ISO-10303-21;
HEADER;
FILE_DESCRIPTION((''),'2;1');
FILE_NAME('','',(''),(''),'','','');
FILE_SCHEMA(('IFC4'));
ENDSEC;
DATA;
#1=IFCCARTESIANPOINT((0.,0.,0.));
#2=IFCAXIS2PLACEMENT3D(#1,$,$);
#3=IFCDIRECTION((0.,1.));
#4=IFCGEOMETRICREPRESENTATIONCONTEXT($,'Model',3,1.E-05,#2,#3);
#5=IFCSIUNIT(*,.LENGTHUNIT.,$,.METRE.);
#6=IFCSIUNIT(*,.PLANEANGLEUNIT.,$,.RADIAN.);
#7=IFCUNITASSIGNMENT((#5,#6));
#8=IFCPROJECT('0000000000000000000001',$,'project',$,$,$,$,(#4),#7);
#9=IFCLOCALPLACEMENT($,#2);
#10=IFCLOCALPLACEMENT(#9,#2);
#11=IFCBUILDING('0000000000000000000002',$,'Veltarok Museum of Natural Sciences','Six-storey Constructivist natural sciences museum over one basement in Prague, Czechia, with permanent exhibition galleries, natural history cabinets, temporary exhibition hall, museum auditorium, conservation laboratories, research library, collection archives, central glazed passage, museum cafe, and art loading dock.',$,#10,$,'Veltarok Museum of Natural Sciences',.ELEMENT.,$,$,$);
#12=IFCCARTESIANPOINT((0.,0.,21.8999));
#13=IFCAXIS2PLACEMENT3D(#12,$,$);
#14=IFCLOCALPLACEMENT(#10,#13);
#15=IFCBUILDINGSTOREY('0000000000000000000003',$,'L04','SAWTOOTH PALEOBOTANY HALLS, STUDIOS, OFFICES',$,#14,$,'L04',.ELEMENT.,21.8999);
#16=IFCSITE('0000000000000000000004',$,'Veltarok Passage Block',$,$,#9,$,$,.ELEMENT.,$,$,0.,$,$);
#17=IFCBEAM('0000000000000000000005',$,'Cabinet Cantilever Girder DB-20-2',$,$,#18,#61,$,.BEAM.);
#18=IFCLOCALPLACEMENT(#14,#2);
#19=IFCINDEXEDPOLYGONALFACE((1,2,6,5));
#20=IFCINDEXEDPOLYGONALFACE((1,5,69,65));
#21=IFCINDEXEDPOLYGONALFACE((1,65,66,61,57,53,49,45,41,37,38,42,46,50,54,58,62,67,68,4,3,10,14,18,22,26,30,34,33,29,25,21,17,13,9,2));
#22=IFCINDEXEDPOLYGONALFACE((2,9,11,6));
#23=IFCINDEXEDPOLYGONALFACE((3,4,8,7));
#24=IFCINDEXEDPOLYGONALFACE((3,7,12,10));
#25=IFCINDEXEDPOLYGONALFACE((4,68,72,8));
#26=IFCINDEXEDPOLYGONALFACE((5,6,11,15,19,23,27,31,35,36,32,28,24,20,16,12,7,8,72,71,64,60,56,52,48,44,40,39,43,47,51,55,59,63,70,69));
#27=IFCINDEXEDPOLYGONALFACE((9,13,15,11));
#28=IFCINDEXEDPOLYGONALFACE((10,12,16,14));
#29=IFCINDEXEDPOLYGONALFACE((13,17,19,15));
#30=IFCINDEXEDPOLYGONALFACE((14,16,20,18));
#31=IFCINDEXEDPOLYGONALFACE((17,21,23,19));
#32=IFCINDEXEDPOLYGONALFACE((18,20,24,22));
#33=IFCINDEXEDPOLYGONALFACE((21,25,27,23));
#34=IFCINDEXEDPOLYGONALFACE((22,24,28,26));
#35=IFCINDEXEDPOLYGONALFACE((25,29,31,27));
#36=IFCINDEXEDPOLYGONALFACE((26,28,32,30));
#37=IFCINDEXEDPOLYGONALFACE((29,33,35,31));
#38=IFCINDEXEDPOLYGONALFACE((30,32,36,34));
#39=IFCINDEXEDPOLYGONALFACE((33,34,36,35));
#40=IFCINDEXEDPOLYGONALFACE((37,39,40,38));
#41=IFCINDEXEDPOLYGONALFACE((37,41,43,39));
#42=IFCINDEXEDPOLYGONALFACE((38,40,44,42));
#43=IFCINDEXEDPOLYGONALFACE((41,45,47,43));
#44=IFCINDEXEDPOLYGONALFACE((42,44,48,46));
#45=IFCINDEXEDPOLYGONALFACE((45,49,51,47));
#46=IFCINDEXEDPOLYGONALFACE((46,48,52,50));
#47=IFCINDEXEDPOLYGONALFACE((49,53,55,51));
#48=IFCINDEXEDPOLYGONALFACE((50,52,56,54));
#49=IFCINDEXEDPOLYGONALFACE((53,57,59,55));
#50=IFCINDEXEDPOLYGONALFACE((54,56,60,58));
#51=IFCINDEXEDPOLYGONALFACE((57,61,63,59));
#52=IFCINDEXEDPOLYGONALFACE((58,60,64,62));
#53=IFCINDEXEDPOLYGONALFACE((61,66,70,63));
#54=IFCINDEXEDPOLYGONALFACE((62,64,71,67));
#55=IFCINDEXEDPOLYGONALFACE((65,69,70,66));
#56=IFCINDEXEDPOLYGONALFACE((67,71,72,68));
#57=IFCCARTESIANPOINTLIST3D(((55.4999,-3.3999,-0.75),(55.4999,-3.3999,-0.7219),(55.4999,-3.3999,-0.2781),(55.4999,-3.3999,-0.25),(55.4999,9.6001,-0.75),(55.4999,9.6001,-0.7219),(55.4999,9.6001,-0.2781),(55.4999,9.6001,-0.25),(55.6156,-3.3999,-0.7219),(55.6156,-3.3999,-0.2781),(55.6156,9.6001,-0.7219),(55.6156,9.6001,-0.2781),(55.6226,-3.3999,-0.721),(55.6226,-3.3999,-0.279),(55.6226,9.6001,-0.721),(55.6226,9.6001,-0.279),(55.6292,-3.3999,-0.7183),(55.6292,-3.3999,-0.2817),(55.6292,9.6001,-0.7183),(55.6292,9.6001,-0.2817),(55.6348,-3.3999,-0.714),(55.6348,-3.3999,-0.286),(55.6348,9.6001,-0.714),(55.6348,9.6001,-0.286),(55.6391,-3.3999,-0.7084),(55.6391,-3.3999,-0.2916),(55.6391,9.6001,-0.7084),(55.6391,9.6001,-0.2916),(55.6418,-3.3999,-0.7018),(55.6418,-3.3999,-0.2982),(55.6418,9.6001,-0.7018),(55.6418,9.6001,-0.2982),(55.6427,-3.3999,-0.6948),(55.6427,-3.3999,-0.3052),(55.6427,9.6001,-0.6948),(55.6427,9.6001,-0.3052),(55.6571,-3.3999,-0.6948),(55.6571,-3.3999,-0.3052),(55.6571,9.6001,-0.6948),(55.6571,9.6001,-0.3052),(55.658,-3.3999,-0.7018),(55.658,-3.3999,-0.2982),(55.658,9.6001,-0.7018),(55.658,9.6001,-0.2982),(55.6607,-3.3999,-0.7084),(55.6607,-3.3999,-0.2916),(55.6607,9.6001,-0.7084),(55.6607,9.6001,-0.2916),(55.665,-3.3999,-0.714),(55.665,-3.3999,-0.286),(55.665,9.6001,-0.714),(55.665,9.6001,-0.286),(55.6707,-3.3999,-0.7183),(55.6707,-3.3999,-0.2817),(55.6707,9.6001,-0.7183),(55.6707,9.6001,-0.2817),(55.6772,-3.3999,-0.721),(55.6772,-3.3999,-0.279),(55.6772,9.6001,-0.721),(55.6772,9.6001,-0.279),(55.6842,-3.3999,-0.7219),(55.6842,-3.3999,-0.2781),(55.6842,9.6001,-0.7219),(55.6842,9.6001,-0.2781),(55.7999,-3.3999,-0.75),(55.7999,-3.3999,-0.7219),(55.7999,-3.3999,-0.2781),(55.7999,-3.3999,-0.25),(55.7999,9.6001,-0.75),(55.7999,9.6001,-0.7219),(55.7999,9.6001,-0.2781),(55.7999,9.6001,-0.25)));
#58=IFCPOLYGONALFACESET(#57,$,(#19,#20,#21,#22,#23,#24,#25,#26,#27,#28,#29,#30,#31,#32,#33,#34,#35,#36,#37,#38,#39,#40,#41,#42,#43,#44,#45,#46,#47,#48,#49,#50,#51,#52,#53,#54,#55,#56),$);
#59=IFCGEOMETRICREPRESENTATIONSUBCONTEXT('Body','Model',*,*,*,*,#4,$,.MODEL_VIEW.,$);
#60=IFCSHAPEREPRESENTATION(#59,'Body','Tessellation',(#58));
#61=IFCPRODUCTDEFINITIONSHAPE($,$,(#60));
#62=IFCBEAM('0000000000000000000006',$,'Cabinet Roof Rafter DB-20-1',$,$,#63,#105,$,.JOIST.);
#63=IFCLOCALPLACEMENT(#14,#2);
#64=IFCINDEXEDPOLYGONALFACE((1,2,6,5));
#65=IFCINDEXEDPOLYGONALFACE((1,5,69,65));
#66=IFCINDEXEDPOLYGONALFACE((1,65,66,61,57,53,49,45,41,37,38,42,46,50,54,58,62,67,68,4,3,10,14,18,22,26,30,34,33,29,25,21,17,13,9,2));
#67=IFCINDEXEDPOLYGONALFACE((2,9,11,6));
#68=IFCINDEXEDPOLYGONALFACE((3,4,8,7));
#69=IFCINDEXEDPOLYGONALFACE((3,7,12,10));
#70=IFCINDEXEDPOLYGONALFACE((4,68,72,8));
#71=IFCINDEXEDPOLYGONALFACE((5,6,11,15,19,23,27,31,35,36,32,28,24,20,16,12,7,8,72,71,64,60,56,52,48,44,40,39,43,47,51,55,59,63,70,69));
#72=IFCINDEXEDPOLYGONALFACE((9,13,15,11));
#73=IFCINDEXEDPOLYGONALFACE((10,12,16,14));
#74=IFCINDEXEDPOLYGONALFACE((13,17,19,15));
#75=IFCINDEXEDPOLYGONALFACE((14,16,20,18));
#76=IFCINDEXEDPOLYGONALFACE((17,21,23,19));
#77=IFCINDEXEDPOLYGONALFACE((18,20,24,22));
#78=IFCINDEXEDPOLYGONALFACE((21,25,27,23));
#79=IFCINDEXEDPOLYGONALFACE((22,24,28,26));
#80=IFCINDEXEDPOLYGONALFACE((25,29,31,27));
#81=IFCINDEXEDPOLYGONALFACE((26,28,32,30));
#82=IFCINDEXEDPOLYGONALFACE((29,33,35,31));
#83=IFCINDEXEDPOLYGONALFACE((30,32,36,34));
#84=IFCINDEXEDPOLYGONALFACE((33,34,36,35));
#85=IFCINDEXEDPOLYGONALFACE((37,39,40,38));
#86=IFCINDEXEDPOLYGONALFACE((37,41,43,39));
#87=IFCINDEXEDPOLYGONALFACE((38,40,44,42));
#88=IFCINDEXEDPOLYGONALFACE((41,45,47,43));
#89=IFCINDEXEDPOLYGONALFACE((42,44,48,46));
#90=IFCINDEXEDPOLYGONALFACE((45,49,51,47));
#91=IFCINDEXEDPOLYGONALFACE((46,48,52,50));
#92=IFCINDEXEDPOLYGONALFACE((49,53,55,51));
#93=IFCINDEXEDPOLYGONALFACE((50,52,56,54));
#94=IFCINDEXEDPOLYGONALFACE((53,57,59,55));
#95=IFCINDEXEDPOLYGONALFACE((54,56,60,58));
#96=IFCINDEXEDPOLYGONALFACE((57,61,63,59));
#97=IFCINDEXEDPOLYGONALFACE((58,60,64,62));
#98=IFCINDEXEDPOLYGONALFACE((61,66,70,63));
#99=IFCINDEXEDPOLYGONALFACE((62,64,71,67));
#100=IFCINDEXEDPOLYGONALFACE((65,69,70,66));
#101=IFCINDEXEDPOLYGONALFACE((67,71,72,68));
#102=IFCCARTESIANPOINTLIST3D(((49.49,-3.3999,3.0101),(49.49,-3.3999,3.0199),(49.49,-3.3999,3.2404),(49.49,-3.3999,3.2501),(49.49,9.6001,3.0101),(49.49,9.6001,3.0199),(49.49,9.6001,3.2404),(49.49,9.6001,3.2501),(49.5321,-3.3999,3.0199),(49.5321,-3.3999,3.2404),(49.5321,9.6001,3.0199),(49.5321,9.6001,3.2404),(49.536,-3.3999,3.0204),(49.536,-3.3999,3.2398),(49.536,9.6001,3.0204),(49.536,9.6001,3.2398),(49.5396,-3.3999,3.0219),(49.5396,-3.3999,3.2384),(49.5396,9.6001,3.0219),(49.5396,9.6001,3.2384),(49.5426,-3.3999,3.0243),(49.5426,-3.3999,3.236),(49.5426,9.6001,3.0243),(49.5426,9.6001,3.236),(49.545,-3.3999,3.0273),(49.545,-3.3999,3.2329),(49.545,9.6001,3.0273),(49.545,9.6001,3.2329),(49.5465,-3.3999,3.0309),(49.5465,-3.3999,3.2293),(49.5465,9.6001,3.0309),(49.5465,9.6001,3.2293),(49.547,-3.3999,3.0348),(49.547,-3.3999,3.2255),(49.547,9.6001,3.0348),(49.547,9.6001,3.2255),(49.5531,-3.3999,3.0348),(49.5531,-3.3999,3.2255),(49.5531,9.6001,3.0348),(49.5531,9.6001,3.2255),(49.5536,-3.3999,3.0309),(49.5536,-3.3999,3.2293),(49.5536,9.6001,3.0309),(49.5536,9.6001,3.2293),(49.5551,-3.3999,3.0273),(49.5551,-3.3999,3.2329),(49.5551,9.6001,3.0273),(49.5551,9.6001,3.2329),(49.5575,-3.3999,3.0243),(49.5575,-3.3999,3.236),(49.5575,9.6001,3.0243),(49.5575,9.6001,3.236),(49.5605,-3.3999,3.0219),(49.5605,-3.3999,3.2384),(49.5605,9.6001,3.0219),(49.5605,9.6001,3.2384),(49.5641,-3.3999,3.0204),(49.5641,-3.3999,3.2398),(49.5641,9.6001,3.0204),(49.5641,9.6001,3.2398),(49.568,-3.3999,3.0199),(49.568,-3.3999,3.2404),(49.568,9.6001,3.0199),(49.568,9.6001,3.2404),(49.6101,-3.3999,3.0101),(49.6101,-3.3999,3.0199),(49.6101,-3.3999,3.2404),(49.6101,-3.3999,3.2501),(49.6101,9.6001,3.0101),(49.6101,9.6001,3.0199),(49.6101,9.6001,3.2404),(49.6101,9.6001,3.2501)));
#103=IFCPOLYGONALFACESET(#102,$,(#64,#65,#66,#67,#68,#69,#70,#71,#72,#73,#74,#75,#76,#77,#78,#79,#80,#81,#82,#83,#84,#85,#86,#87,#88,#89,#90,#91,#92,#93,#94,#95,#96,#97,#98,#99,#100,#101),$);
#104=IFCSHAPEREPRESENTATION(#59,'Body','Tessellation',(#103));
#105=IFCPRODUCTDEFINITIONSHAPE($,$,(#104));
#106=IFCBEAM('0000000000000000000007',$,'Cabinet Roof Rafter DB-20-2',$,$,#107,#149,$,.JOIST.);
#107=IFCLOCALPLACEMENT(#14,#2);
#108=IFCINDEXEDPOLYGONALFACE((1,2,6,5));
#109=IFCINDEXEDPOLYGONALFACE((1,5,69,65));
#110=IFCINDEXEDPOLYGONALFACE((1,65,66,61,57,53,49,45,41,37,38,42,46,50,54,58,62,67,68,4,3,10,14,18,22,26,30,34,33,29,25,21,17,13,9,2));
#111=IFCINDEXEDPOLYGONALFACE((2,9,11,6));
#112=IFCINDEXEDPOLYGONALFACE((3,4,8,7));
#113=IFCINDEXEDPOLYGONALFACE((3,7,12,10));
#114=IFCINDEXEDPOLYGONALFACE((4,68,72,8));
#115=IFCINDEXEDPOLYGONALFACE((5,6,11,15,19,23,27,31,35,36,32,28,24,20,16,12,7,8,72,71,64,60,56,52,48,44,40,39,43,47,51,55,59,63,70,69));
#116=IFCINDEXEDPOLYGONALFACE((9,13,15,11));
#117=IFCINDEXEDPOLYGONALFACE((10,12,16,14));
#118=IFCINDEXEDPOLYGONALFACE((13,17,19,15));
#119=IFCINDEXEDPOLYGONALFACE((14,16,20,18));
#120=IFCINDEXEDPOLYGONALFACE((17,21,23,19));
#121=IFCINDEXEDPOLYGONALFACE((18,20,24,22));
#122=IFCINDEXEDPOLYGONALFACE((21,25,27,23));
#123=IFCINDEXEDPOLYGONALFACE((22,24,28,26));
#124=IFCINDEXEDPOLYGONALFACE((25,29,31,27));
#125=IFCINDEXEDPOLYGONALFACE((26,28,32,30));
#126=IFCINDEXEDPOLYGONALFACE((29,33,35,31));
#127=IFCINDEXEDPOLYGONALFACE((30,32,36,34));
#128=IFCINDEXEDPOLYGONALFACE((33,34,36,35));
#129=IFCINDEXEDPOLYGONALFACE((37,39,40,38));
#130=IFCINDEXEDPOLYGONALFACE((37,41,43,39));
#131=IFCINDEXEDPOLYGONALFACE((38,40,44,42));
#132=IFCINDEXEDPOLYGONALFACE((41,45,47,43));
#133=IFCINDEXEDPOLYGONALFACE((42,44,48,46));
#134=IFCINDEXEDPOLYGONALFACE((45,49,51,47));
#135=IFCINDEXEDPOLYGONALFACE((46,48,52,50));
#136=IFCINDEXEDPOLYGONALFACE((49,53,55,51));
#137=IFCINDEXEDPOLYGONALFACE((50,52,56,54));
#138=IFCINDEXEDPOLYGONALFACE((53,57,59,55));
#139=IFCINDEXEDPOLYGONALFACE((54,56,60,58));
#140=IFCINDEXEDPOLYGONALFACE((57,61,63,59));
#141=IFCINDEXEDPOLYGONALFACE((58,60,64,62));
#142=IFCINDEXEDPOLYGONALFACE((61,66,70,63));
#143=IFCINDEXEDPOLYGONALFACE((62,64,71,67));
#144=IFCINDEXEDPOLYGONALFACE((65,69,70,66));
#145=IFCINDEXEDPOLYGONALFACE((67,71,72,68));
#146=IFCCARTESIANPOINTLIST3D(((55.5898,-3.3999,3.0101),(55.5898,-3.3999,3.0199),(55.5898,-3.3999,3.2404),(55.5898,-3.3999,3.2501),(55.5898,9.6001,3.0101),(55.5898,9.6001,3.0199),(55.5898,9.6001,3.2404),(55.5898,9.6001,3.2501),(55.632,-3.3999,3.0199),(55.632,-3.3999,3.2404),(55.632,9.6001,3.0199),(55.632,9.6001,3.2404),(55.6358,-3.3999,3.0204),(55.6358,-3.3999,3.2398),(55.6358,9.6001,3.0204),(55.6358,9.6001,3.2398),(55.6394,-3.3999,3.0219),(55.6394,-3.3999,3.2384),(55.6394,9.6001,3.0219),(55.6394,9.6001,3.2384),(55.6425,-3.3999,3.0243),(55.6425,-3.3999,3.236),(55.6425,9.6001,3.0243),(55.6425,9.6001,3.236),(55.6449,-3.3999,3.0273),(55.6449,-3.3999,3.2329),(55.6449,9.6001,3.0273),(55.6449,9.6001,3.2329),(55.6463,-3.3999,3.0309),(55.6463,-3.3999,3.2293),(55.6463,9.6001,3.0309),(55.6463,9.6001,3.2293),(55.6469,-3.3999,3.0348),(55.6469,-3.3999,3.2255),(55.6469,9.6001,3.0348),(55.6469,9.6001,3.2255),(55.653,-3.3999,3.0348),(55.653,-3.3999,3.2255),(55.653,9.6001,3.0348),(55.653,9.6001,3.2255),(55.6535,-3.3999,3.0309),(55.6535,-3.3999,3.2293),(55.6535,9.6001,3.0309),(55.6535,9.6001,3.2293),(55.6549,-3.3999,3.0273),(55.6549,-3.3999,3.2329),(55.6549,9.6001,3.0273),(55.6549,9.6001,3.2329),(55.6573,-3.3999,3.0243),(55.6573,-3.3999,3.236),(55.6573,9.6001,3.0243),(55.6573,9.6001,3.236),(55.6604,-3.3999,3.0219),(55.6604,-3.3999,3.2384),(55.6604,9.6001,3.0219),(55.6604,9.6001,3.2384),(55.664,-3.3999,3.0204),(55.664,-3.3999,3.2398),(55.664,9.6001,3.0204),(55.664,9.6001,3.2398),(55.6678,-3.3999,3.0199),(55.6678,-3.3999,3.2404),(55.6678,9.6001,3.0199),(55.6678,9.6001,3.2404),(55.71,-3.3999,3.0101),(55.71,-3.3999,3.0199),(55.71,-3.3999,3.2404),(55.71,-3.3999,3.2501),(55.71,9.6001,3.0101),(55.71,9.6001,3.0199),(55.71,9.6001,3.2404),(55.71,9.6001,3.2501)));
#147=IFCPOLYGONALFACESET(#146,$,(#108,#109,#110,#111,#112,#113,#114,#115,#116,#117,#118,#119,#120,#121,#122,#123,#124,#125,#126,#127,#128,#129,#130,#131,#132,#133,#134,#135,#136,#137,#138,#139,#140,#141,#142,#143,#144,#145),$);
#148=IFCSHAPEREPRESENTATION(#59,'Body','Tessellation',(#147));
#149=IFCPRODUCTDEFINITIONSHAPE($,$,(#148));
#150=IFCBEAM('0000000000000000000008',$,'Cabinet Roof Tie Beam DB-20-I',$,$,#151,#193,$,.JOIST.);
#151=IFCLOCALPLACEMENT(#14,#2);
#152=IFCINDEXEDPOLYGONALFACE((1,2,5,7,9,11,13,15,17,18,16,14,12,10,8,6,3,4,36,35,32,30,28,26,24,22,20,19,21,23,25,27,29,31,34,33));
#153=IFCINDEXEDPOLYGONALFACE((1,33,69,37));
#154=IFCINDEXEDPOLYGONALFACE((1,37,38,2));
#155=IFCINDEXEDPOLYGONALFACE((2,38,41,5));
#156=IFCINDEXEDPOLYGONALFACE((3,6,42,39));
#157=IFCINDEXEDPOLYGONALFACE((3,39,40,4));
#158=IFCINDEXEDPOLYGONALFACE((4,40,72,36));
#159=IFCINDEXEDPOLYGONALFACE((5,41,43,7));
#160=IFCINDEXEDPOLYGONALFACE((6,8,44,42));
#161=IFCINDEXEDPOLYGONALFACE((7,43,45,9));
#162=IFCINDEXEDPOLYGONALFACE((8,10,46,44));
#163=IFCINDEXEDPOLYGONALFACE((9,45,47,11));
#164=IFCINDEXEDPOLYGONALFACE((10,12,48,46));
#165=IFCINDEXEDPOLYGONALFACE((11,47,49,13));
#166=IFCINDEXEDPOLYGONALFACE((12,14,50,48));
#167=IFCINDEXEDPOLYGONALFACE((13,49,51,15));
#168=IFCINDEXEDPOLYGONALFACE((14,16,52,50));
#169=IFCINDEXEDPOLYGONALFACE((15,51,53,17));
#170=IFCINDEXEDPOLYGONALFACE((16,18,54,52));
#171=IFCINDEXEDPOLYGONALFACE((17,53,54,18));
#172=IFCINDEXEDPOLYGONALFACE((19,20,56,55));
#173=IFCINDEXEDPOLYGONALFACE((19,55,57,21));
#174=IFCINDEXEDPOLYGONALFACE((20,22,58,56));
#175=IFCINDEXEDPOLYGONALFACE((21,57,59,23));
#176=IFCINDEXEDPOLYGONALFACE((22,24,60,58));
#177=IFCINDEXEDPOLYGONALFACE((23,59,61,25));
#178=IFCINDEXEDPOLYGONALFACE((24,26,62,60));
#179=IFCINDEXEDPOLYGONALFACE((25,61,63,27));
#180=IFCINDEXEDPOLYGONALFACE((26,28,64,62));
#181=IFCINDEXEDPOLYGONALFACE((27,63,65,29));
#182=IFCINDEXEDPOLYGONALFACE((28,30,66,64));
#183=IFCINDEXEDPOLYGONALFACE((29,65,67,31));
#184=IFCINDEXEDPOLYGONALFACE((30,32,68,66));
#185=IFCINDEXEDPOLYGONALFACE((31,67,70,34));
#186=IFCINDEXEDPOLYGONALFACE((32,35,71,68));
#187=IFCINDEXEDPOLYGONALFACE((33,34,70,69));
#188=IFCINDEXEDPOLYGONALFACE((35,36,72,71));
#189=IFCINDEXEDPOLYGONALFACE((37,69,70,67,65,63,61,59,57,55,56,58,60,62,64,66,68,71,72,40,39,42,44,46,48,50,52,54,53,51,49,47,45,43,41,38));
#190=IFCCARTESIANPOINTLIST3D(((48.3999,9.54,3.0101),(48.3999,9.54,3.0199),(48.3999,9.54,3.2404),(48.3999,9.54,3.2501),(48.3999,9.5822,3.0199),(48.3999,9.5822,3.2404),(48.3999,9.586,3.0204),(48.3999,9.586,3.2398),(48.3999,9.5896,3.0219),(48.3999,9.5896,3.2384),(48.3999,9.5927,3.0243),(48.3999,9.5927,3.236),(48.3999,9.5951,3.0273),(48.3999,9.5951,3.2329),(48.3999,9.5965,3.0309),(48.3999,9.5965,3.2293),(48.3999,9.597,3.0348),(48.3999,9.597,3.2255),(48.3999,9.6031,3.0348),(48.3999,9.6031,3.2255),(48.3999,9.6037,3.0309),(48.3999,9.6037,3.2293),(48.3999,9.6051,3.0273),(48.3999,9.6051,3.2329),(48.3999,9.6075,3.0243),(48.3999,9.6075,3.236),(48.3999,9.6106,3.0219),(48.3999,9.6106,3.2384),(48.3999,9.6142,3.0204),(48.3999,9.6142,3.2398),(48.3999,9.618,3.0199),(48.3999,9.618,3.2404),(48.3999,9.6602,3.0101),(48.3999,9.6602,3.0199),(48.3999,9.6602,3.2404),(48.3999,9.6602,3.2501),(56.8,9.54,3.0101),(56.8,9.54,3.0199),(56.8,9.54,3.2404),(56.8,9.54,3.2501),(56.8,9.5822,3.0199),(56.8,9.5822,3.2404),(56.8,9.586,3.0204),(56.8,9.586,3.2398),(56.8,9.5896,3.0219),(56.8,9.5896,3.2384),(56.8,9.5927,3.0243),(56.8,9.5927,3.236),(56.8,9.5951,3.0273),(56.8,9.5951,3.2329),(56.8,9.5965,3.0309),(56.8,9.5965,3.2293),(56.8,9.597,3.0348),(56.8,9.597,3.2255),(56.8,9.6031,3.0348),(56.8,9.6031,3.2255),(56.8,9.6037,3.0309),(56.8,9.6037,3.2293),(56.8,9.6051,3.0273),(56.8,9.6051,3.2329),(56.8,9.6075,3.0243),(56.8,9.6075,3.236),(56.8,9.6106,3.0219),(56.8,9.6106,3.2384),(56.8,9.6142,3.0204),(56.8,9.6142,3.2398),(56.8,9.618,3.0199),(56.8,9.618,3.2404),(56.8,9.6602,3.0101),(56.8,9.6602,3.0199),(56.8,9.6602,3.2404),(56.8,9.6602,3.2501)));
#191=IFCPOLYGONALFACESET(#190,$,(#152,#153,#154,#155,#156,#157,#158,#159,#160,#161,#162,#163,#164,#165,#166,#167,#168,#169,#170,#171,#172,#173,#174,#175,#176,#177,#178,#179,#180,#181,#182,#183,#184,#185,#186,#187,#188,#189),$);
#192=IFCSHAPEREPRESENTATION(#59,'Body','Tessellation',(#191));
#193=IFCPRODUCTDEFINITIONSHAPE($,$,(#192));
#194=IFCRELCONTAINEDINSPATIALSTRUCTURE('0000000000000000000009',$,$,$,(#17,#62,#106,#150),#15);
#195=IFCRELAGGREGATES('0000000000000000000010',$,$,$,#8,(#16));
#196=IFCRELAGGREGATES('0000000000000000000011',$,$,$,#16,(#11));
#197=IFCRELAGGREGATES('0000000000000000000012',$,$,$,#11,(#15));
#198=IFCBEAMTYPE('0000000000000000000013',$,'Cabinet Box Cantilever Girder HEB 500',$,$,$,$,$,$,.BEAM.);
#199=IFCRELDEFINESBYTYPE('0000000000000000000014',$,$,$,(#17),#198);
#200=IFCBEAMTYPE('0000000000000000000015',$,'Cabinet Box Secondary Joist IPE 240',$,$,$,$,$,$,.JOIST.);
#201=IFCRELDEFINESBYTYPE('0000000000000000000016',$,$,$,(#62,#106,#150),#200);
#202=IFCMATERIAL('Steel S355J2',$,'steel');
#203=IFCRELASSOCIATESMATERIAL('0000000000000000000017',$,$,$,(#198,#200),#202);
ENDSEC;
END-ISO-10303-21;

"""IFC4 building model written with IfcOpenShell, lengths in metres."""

from ifc_helpers import new_model, si_unit, direction, frame, origin, origin_2d, place, context, subcontext, project, spatial, i_section, extrude, material, material_profile, profile_set, type_object, element, save


model = new_model("IFC4")

# Units and contexts
model_context = context("Model", 3, precision=1e-05, world=origin(), true_north=direction((0.0, 1.0)))
body_context = subcontext(model_context, "Body", "Model", "MODEL_VIEW")
ifc_project = project(units=[si_unit("LENGTHUNIT", "METRE"), si_unit("PLANEANGLEUNIT", "RADIAN")], contexts=[model_context])

# Site, building, storey
site_placement = place(None, origin())
site = spatial("IfcSite", under=ifc_project, at=site_placement, Name="Veltarok Passage Block", CompositionType="ELEMENT", RefElevation=0.0)
building_placement = place(site_placement, origin())
building = spatial("IfcBuilding", under=site, at=building_placement, Name="Veltarok Museum of Natural Sciences", Description="Six-storey Constructivist natural sciences museum over one basement in Prague, Czechia, with permanent exhibition galleries, natural history cabinets, temporary exhibition hall, museum auditorium, conservation laboratories, research library, collection archives, central glazed passage, museum cafe, and art loading dock.", LongName="Veltarok Museum of Natural Sciences", CompositionType="ELEMENT")
storey_placement = place(building_placement, frame((0.0, 0.0, 21.8999)))
storey = spatial("IfcBuildingStorey", under=building, at=storey_placement, Name="L04", Description="SAWTOOTH PALEOBOTANY HALLS, STUDIOS, OFFICES", LongName="L04", CompositionType="ELEMENT", Elevation=21.8999)

# Shared definitions
ifc_material_1 = material(Name="Steel S355J2", Category="steel")

# Beams
ifc_material_profile_1 = material_profile(ifc_material_1, i_section(OverallWidth=0.3, OverallDepth=0.5, WebThickness=0.0144, FlangeThickness=0.0281, FilletRadius=0.0271, at=origin_2d()), Name="HEB 500")
ifc_profile_set_1 = profile_set([ifc_material_profile_1], Name="Steel S355J2")
beam_type_1 = type_object("IfcBeamType", Name="Cabinet Box Cantilever Girder HEB 500", PredefinedType="BEAM", material=ifc_profile_set_1)
for number, where, z_axis, x_axis, name in (
    (1, (55.6499, -3.3999, -0.5), (0.0, 1.0, 0.0), (-1.0, 0.0, 0.0), "Cabinet Cantilever Girder DB-20-2"),
):
    element("IfcBeam", number, at=place(storey_placement, frame(where, z_axis=z_axis, x_axis=x_axis)), inside=storey, type_object=beam_type_1, Name=name, PredefinedType="BEAM", context=body_context, shape_type="SweptSolid", body=[
        extrude(i_section(OverallWidth=0.3, OverallDepth=0.5, WebThickness=0.0144, FlangeThickness=0.0281, FilletRadius=0.0271, at=origin_2d()), origin(), (0.0, 0.0, 1.0), 13.0),
    ])
ifc_material_profile_2 = material_profile(ifc_material_1, i_section(OverallWidth=0.1201, OverallDepth=0.24, WebThickness=0.0061, FlangeThickness=0.0098, FilletRadius=0.0149, at=origin_2d()), Name="IPE 240")
ifc_profile_set_2 = profile_set([ifc_material_profile_2], Name="Steel S355J2")
beam_type_2 = type_object("IfcBeamType", Name="Cabinet Box Secondary Joist IPE 240", PredefinedType="JOIST", material=ifc_profile_set_2)
for number, where, z_axis, x_axis, name in (
    (2, (49.55, -3.3999, 3.1301), (0.0, 1.0, 0.0), (-1.0, 0.0, 0.0), "Cabinet Roof Rafter DB-20-1"),
    (3, (55.6499, -3.3999, 3.1301), (0.0, 1.0, 0.0), (-1.0, 0.0, 0.0), "Cabinet Roof Rafter DB-20-2"),
):
    element("IfcBeam", number, at=place(storey_placement, frame(where, z_axis=z_axis, x_axis=x_axis)), inside=storey, type_object=beam_type_2, Name=name, PredefinedType="JOIST", context=body_context, shape_type="SweptSolid", body=[
        extrude(i_section(OverallWidth=0.1201, OverallDepth=0.24, WebThickness=0.0061, FlangeThickness=0.0098, FilletRadius=0.0149, at=origin_2d()), origin(), (0.0, 0.0, 1.0), 13.0),
    ])
beam_1_placement = place(storey_placement, frame((48.3999, 9.6001, 3.1301), z_axis=(1.0, 0.0, 0.0), x_axis=(0.0, 1.0, 0.0)))
element("IfcBeam", 4, at=beam_1_placement, inside=storey, type_object=beam_type_2, Name="Cabinet Roof Tie Beam DB-20-I", PredefinedType="JOIST", context=body_context, shape_type="SweptSolid", body=[
    extrude(i_section(OverallWidth=0.1201, OverallDepth=0.24, WebThickness=0.0061, FlangeThickness=0.0098, FilletRadius=0.0149, at=origin_2d()), origin(), (0.0, 0.0, 1.0), 8.4001),
])

save(model, "model.ifc")
